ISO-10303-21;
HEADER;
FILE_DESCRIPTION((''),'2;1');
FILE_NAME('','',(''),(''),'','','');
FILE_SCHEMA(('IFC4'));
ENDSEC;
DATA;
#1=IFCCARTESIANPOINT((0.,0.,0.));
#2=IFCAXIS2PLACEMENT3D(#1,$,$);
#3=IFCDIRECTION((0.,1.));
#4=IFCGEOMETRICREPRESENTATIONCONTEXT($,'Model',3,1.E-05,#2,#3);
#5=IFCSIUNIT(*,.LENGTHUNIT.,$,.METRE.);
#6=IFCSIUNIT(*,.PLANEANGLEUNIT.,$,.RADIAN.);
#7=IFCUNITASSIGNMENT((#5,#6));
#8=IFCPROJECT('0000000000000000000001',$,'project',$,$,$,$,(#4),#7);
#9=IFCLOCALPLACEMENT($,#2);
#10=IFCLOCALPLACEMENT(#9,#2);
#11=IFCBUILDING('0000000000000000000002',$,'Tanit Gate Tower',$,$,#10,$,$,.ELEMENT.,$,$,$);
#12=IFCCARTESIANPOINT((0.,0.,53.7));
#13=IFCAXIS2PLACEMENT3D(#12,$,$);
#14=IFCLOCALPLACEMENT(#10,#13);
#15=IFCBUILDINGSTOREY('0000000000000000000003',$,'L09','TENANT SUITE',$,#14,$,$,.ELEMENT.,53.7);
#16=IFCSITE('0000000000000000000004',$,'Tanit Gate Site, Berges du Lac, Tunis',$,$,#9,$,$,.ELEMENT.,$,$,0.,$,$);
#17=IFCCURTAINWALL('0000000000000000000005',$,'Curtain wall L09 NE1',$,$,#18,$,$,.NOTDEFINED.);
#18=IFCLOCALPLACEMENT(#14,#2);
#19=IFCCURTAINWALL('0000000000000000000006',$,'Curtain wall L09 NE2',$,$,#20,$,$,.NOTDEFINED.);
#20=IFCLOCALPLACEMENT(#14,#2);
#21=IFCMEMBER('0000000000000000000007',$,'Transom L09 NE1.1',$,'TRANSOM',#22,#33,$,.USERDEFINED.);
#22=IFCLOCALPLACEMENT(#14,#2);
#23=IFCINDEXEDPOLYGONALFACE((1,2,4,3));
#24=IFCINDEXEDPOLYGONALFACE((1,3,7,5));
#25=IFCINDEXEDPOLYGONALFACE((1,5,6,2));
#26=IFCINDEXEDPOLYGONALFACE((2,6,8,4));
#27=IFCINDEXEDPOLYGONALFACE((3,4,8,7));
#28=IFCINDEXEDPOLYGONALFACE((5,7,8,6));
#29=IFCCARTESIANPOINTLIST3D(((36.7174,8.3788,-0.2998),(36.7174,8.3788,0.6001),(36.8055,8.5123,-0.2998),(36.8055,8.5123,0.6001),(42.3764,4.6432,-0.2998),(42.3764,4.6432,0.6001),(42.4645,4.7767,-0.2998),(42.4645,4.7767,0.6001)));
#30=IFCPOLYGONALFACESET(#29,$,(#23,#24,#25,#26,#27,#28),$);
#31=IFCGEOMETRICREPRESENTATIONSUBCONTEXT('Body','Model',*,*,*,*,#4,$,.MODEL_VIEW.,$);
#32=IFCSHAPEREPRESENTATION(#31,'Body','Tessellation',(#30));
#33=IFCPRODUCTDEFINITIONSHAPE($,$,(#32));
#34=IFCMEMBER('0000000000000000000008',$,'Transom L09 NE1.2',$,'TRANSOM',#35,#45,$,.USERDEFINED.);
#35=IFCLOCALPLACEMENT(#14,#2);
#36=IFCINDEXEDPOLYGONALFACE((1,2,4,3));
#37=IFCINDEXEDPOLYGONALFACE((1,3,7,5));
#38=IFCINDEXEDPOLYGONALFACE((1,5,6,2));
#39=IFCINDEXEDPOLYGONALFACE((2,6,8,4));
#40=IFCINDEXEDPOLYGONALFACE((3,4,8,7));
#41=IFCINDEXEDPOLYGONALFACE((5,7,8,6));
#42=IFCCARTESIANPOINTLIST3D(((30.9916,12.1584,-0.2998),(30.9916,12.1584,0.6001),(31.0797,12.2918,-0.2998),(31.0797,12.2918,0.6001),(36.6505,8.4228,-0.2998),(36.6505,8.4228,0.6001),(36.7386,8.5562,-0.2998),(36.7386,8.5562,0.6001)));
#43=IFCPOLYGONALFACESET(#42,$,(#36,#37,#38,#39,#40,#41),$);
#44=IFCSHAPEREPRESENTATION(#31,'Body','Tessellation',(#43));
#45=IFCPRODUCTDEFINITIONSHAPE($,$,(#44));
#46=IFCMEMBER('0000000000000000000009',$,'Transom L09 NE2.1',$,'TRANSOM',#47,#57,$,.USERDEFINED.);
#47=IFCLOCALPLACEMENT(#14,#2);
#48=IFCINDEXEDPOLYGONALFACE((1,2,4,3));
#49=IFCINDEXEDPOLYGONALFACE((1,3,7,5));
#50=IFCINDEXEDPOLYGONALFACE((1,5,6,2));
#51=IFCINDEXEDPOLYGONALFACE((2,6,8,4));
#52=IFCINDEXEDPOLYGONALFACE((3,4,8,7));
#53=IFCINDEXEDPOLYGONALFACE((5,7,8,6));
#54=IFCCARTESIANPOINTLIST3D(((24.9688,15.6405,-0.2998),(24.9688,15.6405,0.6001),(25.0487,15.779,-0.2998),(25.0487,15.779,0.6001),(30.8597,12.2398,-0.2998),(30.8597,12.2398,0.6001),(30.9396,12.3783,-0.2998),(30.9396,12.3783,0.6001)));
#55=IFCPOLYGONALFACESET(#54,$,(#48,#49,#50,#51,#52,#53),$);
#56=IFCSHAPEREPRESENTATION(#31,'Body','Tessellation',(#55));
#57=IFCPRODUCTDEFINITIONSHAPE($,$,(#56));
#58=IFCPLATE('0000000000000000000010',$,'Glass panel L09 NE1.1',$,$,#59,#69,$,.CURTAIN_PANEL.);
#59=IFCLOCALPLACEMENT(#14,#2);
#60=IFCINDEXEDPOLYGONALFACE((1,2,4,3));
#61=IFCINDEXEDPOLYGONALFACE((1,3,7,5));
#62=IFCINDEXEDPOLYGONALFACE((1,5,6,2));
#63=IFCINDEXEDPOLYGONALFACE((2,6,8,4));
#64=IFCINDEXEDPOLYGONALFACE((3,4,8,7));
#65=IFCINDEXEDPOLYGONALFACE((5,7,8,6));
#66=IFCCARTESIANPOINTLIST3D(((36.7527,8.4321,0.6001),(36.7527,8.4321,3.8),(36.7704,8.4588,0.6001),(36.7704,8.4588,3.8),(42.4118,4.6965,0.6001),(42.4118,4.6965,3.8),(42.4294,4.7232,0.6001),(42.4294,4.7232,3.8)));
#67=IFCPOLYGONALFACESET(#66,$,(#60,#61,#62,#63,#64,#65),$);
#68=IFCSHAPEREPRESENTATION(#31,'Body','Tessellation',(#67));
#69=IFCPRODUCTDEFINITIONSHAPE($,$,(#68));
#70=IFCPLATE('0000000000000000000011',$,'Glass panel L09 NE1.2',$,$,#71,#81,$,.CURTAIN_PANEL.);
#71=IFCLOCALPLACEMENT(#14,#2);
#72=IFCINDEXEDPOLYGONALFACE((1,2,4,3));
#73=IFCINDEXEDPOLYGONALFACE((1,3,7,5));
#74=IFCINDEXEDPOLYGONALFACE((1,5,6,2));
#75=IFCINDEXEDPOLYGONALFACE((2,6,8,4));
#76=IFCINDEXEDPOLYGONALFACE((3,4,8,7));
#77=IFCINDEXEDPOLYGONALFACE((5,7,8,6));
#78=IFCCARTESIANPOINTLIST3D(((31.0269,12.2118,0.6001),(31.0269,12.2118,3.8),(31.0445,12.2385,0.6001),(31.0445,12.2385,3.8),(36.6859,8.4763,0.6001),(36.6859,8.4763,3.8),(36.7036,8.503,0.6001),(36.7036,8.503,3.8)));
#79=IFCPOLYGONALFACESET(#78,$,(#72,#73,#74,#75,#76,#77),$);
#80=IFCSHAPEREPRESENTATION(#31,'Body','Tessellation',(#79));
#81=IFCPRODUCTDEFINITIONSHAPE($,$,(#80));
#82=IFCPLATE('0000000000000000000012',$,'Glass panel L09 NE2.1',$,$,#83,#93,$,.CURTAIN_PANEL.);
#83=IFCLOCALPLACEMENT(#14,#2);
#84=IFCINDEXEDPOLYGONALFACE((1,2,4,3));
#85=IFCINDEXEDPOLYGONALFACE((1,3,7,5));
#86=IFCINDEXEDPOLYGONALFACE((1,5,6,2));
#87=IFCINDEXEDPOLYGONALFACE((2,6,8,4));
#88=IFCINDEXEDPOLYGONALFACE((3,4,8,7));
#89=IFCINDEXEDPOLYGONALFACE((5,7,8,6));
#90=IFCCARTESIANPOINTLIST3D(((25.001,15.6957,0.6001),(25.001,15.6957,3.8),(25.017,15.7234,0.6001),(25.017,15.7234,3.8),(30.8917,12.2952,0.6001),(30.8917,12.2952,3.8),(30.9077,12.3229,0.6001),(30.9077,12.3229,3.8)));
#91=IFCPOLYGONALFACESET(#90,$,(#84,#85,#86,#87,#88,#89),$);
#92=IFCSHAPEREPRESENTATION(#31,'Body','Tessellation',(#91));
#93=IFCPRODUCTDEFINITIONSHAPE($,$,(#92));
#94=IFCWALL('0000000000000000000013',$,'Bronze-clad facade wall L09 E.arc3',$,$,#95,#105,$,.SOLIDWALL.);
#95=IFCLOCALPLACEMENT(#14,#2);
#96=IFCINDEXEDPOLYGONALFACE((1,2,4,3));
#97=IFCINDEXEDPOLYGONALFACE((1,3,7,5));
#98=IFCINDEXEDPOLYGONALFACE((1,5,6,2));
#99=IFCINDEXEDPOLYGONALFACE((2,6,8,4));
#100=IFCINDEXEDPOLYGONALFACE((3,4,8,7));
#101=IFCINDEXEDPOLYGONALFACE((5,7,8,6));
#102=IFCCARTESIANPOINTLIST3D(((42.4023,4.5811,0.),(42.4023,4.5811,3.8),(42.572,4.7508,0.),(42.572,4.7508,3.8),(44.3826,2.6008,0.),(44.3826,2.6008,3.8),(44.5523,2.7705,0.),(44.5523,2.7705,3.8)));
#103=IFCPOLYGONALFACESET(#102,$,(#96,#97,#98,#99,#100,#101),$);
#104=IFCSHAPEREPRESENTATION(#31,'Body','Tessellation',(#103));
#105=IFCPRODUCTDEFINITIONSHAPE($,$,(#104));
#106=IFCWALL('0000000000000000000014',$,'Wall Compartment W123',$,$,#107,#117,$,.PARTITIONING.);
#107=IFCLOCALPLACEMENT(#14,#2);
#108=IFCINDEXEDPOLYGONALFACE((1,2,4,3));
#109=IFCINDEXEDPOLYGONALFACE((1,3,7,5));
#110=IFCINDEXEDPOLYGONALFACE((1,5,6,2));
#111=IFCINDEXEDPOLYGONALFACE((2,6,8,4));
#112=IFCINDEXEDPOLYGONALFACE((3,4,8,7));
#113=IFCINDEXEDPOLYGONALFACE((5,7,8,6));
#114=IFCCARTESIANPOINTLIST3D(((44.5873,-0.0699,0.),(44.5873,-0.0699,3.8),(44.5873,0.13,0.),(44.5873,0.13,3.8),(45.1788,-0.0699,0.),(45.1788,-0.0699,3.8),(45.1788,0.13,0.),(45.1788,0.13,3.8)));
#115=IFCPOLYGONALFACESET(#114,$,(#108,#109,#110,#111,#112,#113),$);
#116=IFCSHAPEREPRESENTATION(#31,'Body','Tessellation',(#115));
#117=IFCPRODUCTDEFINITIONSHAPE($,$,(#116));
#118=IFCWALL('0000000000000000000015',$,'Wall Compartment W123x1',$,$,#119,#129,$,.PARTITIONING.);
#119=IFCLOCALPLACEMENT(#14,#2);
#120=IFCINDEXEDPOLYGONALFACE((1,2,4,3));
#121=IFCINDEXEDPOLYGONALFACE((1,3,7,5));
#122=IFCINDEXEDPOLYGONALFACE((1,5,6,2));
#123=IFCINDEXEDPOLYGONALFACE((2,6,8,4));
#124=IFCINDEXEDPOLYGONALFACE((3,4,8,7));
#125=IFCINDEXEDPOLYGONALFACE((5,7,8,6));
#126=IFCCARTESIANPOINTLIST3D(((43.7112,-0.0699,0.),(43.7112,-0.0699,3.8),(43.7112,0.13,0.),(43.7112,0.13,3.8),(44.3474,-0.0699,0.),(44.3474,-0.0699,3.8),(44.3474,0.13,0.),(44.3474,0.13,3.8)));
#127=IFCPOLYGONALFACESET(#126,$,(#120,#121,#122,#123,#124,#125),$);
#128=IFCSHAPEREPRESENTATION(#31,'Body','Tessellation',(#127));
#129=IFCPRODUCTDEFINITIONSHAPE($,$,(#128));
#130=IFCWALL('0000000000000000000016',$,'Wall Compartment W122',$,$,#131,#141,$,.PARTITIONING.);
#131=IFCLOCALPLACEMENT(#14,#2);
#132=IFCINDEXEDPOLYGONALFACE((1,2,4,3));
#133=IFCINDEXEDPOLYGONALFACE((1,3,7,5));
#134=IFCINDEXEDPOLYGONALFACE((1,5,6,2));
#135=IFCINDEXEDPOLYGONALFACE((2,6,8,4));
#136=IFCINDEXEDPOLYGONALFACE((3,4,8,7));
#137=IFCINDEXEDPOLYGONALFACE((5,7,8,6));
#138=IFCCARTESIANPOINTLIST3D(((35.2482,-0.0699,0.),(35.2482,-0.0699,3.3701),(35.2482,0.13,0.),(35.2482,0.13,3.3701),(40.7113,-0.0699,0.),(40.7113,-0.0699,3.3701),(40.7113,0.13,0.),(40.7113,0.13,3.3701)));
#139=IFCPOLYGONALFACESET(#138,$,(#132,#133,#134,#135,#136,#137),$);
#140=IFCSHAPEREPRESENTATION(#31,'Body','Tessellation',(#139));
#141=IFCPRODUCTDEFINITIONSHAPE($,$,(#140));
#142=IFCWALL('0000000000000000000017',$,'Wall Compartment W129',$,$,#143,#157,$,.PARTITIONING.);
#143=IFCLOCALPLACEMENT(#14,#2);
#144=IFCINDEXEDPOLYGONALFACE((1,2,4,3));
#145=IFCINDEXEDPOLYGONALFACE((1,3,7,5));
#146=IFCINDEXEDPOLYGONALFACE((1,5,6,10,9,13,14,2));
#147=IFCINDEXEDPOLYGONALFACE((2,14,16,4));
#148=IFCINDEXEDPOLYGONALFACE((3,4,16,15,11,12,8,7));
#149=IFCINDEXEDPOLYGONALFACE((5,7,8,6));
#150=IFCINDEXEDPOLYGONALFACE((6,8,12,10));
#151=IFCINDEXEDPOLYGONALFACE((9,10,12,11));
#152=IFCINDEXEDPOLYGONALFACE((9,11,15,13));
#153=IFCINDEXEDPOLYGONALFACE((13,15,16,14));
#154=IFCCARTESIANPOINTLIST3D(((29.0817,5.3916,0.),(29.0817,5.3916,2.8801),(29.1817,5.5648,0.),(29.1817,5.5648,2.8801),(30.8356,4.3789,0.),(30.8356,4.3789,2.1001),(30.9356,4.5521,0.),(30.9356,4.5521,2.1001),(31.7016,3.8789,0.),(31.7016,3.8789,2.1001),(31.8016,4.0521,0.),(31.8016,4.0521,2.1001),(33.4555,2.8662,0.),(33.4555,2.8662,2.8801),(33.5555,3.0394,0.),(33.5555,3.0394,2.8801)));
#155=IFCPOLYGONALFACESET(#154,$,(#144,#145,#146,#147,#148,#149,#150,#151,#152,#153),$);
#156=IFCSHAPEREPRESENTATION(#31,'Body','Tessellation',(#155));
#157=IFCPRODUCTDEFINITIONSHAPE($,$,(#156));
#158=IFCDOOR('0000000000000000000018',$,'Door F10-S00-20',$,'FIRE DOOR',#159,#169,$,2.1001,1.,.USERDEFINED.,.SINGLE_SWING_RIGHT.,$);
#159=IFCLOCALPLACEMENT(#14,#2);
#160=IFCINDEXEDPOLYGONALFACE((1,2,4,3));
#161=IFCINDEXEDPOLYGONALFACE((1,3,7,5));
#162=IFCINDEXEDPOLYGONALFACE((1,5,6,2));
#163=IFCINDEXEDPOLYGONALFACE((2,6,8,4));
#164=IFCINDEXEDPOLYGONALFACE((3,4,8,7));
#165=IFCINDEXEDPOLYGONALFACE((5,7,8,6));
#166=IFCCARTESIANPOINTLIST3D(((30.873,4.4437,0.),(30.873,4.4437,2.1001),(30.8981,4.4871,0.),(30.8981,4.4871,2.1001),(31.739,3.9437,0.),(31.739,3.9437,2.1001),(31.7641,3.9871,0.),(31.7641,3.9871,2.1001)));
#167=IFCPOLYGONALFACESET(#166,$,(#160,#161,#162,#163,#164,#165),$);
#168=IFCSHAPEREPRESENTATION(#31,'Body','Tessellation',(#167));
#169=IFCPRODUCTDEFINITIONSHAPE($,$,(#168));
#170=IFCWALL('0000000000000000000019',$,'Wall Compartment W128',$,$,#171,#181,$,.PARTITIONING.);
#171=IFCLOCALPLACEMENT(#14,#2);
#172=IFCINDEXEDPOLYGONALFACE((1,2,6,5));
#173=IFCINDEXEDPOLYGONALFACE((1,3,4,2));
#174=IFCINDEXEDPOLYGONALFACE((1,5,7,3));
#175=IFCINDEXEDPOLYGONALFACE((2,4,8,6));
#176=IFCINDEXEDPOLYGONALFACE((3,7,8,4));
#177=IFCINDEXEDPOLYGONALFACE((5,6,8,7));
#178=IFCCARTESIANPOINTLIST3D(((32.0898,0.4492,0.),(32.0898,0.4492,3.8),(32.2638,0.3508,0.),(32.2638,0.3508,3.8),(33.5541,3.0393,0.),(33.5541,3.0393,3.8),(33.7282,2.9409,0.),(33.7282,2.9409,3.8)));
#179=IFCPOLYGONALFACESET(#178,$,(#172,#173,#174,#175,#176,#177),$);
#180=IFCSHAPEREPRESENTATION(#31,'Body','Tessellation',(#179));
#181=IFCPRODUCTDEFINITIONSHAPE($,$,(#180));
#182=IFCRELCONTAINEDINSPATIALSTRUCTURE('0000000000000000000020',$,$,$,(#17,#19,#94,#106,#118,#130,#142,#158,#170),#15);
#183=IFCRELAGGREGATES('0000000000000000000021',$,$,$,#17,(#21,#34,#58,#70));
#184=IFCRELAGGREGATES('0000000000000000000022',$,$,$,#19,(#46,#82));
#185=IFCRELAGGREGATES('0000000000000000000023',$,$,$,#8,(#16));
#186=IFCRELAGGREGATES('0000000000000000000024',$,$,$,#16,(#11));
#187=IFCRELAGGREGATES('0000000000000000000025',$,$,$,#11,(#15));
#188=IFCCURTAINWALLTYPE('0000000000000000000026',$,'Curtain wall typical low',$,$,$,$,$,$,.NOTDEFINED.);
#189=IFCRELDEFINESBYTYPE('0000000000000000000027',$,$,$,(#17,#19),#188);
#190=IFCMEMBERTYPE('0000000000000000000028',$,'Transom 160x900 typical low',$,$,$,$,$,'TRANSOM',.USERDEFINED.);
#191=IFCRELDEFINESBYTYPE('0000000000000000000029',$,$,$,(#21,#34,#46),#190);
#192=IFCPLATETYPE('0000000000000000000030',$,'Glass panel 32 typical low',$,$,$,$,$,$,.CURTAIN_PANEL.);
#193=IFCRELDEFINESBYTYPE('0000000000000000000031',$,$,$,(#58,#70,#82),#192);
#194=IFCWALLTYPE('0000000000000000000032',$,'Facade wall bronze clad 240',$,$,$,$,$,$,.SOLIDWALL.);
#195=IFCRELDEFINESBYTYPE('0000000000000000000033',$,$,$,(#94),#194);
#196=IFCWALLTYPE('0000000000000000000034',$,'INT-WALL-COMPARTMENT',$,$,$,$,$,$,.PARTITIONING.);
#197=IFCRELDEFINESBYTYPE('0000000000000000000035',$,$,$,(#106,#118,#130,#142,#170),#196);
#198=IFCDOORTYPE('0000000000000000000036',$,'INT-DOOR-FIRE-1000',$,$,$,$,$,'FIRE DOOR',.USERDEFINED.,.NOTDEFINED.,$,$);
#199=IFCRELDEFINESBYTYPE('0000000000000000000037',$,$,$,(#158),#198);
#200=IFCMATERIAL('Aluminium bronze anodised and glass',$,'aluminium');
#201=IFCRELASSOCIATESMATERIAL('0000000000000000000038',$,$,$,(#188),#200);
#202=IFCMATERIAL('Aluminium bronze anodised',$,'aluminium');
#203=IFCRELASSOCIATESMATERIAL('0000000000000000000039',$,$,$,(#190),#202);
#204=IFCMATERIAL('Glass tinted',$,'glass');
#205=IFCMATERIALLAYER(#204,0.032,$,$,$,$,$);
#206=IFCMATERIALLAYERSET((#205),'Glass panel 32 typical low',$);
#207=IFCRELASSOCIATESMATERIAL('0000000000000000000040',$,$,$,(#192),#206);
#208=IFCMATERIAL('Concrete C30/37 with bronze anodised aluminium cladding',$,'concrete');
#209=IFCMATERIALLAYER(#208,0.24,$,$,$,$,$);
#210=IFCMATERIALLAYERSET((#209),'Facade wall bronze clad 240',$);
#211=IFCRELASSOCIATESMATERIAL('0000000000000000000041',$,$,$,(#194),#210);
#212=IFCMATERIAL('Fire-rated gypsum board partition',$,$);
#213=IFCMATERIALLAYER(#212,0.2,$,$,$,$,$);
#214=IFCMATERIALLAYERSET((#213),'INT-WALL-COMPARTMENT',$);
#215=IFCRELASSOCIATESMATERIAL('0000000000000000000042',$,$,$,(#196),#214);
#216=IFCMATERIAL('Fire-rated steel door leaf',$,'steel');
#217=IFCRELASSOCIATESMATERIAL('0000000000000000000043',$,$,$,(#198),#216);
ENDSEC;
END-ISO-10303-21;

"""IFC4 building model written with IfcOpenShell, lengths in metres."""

from ifc_helpers import new_model, si_unit, direction, frame, frame_2d, origin, origin_2d, place, context, subcontext, project, spatial, rectangle, extrude, material, layer, layer_set, material_profile, profile_set, type_object, element, fill, aggregate, save


model = new_model("IFC4")

# Units and contexts
model_context = context("Model", 3, precision=1e-05, world=origin(), true_north=direction((0.0, 1.0)))
body_context = subcontext(model_context, "Body", "Model", "MODEL_VIEW")
ifc_project = project(units=[si_unit("LENGTHUNIT", "METRE"), si_unit("PLANEANGLEUNIT", "RADIAN")], contexts=[model_context])

# Site, building, storey
site_placement = place(None, origin())
site = spatial("IfcSite", under=ifc_project, at=site_placement, Name="Tanit Gate Site, Berges du Lac, Tunis", CompositionType="ELEMENT", RefElevation=0.0)
building_placement = place(site_placement, origin())
building = spatial("IfcBuilding", under=site, at=building_placement, Name="Tanit Gate Tower", CompositionType="ELEMENT")
storey_placement = place(building_placement, frame((0.0, 0.0, 53.7)))
storey = spatial("IfcBuildingStorey", under=building, at=storey_placement, Name="L09", Description="TENANT SUITE", CompositionType="ELEMENT", Elevation=53.7)

# Curtain walls
ifc_material_1 = material(Name="Aluminium bronze anodised and glass", Category="aluminium")
curtain_wall_type = type_object("IfcCurtainWallType", Name="Curtain wall typical low", PredefinedType="NOTDEFINED", material=ifc_material_1)
curtain_wall_1_placement = place(storey_placement, origin())
curtain_wall_1 = element("IfcCurtainWall", 1, at=curtain_wall_1_placement, inside=storey, type_object=curtain_wall_type, Name="Curtain wall L09 NE1", PredefinedType="NOTDEFINED")
curtain_wall_2_placement = place(storey_placement, origin())
curtain_wall_2 = element("IfcCurtainWall", 2, at=curtain_wall_2_placement, inside=storey, type_object=curtain_wall_type, Name="Curtain wall L09 NE2", PredefinedType="NOTDEFINED")

# Members
ifc_material_2 = material(Name="Aluminium bronze anodised", Category="aluminium")
ifc_material_profile_1 = material_profile(ifc_material_2, rectangle(XDim=0.1599, YDim=0.8999, at=origin_2d()), Name="160x900 bronze transom")
ifc_profile_set_1 = profile_set([ifc_material_profile_1], Name="Aluminium bronze anodised")
member_type_1 = type_object("IfcMemberType", Name="Transom 160x900 typical low", ElementType="TRANSOM", PredefinedType="USERDEFINED", material=ifc_profile_set_1)
member_1_placement = place(storey_placement, frame((42.4204, 4.71, 0.1501), z_axis=(-0.834562, 0.550914, 0.0), x_axis=(-0.550914, -0.834562, 0.0)))
member_1 = element("IfcMember", 3, at=member_1_placement, type_object=member_type_1, Name="Transom L09 NE1.1", ObjectType="TRANSOM", PredefinedType="USERDEFINED", context=body_context, shape_type="SweptSolid", body=[
    extrude(rectangle(XDim=0.1599, YDim=0.8999, at=origin_2d()), origin(), (0.0, 0.0, 1.0), 6.7808),
])
member_2_placement = place(storey_placement, frame((36.6946, 8.4895, 0.1501), z_axis=(-0.834562, 0.550914, 0.0), x_axis=(-0.550914, -0.834562, 0.0)))
member_2 = element("IfcMember", 4, at=member_2_placement, type_object=member_type_1, Name="Transom L09 NE1.2", ObjectType="TRANSOM", PredefinedType="USERDEFINED", context=body_context, shape_type="SweptSolid", body=[
    extrude(rectangle(XDim=0.1599, YDim=0.8999, at=origin_2d()), origin(), (0.0, 0.0, 1.0), 6.7808),
])
member_3_placement = place(storey_placement, frame((30.8997, 12.3091, 0.1501), z_axis=(-0.866055, 0.499949, 0.0), x_axis=(-0.499949, -0.866055, 0.0)))
member_3 = element("IfcMember", 5, at=member_3_placement, type_object=member_type_1, Name="Transom L09 NE2.1", ObjectType="TRANSOM", PredefinedType="USERDEFINED", context=body_context, shape_type="SweptSolid", body=[
    extrude(rectangle(XDim=0.1599, YDim=0.8999, at=origin_2d()), origin(), (0.0, 0.0, 1.0), 6.802),
])

# Plates
ifc_material_3 = material(Name="Glass tinted", Category="glass")
ifc_layer_1 = layer(ifc_material_3, 0.032)
ifc_layer_set_1 = layer_set([ifc_layer_1], Name="Glass panel 32 typical low")
plate_type = type_object("IfcPlateType", Name="Glass panel 32 typical low", PredefinedType="CURTAIN_PANEL", material=ifc_layer_set_1)
plate_1_placement = place(storey_placement, frame((39.5911, 6.5776, 0.6001), z_axis=(0.0, 0.0, 1.0), x_axis=(-0.834569, 0.550903, 0.0)))
plate_1 = element("IfcPlate", 6, at=plate_1_placement, type_object=plate_type, Name="Glass panel L09 NE1.1", PredefinedType="CURTAIN_PANEL", context=body_context, shape_type="SweptSolid", body=[
    extrude(rectangle(XDim=6.7808, YDim=0.032, at=origin_2d()), origin(), (0.0, 0.0, 1.0), 3.2),
])
plate_2_placement = place(storey_placement, frame((33.8652, 10.3574, 0.6001), z_axis=(0.0, 0.0, 1.0), x_axis=(-0.834569, 0.550903, 0.0)))
plate_2 = element("IfcPlate", 7, at=plate_2_placement, type_object=plate_type, Name="Glass panel L09 NE1.2", PredefinedType="CURTAIN_PANEL", context=body_context, shape_type="SweptSolid", body=[
    extrude(rectangle(XDim=6.7808, YDim=0.032, at=origin_2d()), origin(), (0.0, 0.0, 1.0), 3.2),
])
aggregate(curtain_wall_1, [member_1, member_2, plate_1, plate_2])
plate_3_placement = place(storey_placement, frame((27.9543, 14.0093, 0.6001), z_axis=(0.0, 0.0, 1.0), x_axis=(-0.86606, 0.49994, 0.0)))
plate_3 = element("IfcPlate", 8, at=plate_3_placement, type_object=plate_type, Name="Glass panel L09 NE2.1", PredefinedType="CURTAIN_PANEL", context=body_context, shape_type="SweptSolid", body=[
    extrude(rectangle(XDim=6.8018, YDim=0.032, at=origin_2d()), origin(), (0.0, 0.0, 1.0), 3.2),
])
aggregate(curtain_wall_2, [member_3, plate_3])

# Walls
ifc_material_4 = material(Name="Concrete C30/37 with bronze anodised aluminium cladding", Category="concrete")
ifc_layer_2 = layer(ifc_material_4, 0.24)
ifc_layer_set_2 = layer_set([ifc_layer_2], Name="Facade wall bronze clad 240")
wall_type_1 = type_object("IfcWallType", Name="Facade wall bronze clad 240", PredefinedType="SOLIDWALL", material=ifc_layer_set_2)
wall_1_placement = place(storey_placement, frame((44.4675, 2.6855, 0.0), z_axis=(0.0, 0.0, 1.0), x_axis=(-0.707107, 0.707107, 0.0)))
element("IfcWall", 9, at=wall_1_placement, inside=storey, type_object=wall_type_1, Name="Bronze-clad facade wall L09 E.arc3", PredefinedType="SOLIDWALL", context=body_context, shape_type="SweptSolid", body=[
    extrude(rectangle(XDim=2.8005, YDim=0.24, at=frame_2d((1.4004, 0.0))), origin(), (0.0, 0.0, 1.0), 3.8),
])
ifc_material_5 = material(Name="Fire-rated gypsum board partition")
ifc_layer_3 = layer(ifc_material_5, 0.2)
ifc_layer_set_3 = layer_set([ifc_layer_3], Name="INT-WALL-COMPARTMENT")
wall_type_2 = type_object("IfcWallType", Name="INT-WALL-COMPARTMENT", PredefinedType="PARTITIONING", material=ifc_layer_set_3)
wall_2_placement = place(storey_placement, frame((45.179, 0.03, 0.0), z_axis=(0.0, 0.0, 1.0), x_axis=(-1.0, 0.0, 0.0)))
element("IfcWall", 10, at=wall_2_placement, inside=storey, type_object=wall_type_2, Name="Wall Compartment W123", PredefinedType="PARTITIONING", context=body_context, shape_type="SweptSolid", body=[
    extrude(rectangle(XDim=0.5916, YDim=0.2, at=frame_2d((0.2959, 0.0))), origin(), (0.0, 0.0, 1.0), 3.8),
])
wall_3_placement = place(storey_placement, frame((44.3474, 0.03, 0.0), z_axis=(0.0, 0.0, 1.0), x_axis=(-1.0, 0.0, 0.0)))
element("IfcWall", 11, at=wall_3_placement, inside=storey, type_object=wall_type_2, Name="Wall Compartment W123x1", PredefinedType="PARTITIONING", context=body_context, shape_type="SweptSolid", body=[
    extrude(rectangle(XDim=0.6362, YDim=0.2, at=frame_2d((0.3181, 0.0))), origin(), (0.0, 0.0, 1.0), 3.8),
])
wall_4_placement = place(storey_placement, frame((40.7112, 0.03, 0.0), z_axis=(0.0, 0.0, 1.0), x_axis=(-1.0, 0.0, 0.0)))
element("IfcWall", 12, at=wall_4_placement, inside=storey, type_object=wall_type_2, Name="Wall Compartment W122", PredefinedType="PARTITIONING", context=body_context, shape_type="SweptSolid", body=[
    extrude(rectangle(XDim=5.4631, YDim=0.2, at=frame_2d((2.7314, 0.0))), origin(), (0.0, 0.0, 1.0), 3.3701),
])

# Wall, opening, door
wall_5_placement = place(storey_placement, frame((29.1316, 5.4783, 0.0), z_axis=(0.0, 0.0, 1.0), x_axis=(0.866009, -0.500028, 0.0)))
wall_5 = element("IfcWall", 13, at=wall_5_placement, inside=storey, type_object=wall_type_2, Name="Wall Compartment W129", PredefinedType="PARTITIONING", context=body_context, shape_type="SweptSolid", body=[
    extrude(rectangle(XDim=5.0505, YDim=0.2, at=frame_2d((2.5254, 0.0))), origin(), (0.0, 0.0, 1.0), 2.8801),
])
opening_placement = place(wall_5_placement, frame((2.0254, 0.0, 0.0)))
opening = element("IfcOpeningElement", 14, at=opening_placement, cuts=wall_5, PredefinedType="OPENING", context=body_context, shape_type="SweptSolid", body=[
    extrude(rectangle(XDim=1.0, YDim=2.1001, at=frame_2d((0.5, 1.05))), frame((0.0, 0.1099, 0.0), z_axis=(0.0, -1.0, 0.0), x_axis=(1.0, 0.0, 0.0)), (0.0, 0.0, 1.0), 0.22),
])
ifc_material_6 = material(Name="Fire-rated steel door leaf", Category="steel")
door_type = type_object("IfcDoorType", Name="INT-DOOR-FIRE-1000", ElementType="FIRE DOOR", OperationType="NOTDEFINED", PredefinedType="USERDEFINED", material=ifc_material_6)
door_placement = place(opening_placement, origin())
door = element("IfcDoor", 15, at=door_placement, inside=storey, type_object=door_type, Name="Door F10-S00-20", ObjectType="FIRE DOOR", OperationType="SINGLE_SWING_RIGHT", OverallHeight=2.1001, OverallWidth=1.0, PredefinedType="USERDEFINED", context=body_context, shape_type="SweptSolid", body=[
    extrude(rectangle(XDim=1.0, YDim=2.1001, at=frame_2d((0.5, 1.05))), frame((0.0, 0.0249, 0.0), z_axis=(0.0, -1.0, 0.0), x_axis=(1.0, 0.0, 0.0)), (0.0, 0.0, 1.0), 0.05),
])
fill(opening, door)

# Wall
wall_6_placement = place(storey_placement, frame((32.1768, 0.3999, 0.0), z_axis=(0.0, 0.0, 1.0), x_axis=(0.492157, 0.870506, 0.0)))
element("IfcWall", 16, at=wall_6_placement, inside=storey, type_object=wall_type_2, Name="Wall Compartment W128", PredefinedType="PARTITIONING", context=body_context, shape_type="SweptSolid", body=[
    extrude(rectangle(XDim=2.9753, YDim=0.2, at=frame_2d((1.4878, 0.0))), origin(), (0.0, 0.0, 1.0), 3.8),
])

save(model, "model.ifc")
